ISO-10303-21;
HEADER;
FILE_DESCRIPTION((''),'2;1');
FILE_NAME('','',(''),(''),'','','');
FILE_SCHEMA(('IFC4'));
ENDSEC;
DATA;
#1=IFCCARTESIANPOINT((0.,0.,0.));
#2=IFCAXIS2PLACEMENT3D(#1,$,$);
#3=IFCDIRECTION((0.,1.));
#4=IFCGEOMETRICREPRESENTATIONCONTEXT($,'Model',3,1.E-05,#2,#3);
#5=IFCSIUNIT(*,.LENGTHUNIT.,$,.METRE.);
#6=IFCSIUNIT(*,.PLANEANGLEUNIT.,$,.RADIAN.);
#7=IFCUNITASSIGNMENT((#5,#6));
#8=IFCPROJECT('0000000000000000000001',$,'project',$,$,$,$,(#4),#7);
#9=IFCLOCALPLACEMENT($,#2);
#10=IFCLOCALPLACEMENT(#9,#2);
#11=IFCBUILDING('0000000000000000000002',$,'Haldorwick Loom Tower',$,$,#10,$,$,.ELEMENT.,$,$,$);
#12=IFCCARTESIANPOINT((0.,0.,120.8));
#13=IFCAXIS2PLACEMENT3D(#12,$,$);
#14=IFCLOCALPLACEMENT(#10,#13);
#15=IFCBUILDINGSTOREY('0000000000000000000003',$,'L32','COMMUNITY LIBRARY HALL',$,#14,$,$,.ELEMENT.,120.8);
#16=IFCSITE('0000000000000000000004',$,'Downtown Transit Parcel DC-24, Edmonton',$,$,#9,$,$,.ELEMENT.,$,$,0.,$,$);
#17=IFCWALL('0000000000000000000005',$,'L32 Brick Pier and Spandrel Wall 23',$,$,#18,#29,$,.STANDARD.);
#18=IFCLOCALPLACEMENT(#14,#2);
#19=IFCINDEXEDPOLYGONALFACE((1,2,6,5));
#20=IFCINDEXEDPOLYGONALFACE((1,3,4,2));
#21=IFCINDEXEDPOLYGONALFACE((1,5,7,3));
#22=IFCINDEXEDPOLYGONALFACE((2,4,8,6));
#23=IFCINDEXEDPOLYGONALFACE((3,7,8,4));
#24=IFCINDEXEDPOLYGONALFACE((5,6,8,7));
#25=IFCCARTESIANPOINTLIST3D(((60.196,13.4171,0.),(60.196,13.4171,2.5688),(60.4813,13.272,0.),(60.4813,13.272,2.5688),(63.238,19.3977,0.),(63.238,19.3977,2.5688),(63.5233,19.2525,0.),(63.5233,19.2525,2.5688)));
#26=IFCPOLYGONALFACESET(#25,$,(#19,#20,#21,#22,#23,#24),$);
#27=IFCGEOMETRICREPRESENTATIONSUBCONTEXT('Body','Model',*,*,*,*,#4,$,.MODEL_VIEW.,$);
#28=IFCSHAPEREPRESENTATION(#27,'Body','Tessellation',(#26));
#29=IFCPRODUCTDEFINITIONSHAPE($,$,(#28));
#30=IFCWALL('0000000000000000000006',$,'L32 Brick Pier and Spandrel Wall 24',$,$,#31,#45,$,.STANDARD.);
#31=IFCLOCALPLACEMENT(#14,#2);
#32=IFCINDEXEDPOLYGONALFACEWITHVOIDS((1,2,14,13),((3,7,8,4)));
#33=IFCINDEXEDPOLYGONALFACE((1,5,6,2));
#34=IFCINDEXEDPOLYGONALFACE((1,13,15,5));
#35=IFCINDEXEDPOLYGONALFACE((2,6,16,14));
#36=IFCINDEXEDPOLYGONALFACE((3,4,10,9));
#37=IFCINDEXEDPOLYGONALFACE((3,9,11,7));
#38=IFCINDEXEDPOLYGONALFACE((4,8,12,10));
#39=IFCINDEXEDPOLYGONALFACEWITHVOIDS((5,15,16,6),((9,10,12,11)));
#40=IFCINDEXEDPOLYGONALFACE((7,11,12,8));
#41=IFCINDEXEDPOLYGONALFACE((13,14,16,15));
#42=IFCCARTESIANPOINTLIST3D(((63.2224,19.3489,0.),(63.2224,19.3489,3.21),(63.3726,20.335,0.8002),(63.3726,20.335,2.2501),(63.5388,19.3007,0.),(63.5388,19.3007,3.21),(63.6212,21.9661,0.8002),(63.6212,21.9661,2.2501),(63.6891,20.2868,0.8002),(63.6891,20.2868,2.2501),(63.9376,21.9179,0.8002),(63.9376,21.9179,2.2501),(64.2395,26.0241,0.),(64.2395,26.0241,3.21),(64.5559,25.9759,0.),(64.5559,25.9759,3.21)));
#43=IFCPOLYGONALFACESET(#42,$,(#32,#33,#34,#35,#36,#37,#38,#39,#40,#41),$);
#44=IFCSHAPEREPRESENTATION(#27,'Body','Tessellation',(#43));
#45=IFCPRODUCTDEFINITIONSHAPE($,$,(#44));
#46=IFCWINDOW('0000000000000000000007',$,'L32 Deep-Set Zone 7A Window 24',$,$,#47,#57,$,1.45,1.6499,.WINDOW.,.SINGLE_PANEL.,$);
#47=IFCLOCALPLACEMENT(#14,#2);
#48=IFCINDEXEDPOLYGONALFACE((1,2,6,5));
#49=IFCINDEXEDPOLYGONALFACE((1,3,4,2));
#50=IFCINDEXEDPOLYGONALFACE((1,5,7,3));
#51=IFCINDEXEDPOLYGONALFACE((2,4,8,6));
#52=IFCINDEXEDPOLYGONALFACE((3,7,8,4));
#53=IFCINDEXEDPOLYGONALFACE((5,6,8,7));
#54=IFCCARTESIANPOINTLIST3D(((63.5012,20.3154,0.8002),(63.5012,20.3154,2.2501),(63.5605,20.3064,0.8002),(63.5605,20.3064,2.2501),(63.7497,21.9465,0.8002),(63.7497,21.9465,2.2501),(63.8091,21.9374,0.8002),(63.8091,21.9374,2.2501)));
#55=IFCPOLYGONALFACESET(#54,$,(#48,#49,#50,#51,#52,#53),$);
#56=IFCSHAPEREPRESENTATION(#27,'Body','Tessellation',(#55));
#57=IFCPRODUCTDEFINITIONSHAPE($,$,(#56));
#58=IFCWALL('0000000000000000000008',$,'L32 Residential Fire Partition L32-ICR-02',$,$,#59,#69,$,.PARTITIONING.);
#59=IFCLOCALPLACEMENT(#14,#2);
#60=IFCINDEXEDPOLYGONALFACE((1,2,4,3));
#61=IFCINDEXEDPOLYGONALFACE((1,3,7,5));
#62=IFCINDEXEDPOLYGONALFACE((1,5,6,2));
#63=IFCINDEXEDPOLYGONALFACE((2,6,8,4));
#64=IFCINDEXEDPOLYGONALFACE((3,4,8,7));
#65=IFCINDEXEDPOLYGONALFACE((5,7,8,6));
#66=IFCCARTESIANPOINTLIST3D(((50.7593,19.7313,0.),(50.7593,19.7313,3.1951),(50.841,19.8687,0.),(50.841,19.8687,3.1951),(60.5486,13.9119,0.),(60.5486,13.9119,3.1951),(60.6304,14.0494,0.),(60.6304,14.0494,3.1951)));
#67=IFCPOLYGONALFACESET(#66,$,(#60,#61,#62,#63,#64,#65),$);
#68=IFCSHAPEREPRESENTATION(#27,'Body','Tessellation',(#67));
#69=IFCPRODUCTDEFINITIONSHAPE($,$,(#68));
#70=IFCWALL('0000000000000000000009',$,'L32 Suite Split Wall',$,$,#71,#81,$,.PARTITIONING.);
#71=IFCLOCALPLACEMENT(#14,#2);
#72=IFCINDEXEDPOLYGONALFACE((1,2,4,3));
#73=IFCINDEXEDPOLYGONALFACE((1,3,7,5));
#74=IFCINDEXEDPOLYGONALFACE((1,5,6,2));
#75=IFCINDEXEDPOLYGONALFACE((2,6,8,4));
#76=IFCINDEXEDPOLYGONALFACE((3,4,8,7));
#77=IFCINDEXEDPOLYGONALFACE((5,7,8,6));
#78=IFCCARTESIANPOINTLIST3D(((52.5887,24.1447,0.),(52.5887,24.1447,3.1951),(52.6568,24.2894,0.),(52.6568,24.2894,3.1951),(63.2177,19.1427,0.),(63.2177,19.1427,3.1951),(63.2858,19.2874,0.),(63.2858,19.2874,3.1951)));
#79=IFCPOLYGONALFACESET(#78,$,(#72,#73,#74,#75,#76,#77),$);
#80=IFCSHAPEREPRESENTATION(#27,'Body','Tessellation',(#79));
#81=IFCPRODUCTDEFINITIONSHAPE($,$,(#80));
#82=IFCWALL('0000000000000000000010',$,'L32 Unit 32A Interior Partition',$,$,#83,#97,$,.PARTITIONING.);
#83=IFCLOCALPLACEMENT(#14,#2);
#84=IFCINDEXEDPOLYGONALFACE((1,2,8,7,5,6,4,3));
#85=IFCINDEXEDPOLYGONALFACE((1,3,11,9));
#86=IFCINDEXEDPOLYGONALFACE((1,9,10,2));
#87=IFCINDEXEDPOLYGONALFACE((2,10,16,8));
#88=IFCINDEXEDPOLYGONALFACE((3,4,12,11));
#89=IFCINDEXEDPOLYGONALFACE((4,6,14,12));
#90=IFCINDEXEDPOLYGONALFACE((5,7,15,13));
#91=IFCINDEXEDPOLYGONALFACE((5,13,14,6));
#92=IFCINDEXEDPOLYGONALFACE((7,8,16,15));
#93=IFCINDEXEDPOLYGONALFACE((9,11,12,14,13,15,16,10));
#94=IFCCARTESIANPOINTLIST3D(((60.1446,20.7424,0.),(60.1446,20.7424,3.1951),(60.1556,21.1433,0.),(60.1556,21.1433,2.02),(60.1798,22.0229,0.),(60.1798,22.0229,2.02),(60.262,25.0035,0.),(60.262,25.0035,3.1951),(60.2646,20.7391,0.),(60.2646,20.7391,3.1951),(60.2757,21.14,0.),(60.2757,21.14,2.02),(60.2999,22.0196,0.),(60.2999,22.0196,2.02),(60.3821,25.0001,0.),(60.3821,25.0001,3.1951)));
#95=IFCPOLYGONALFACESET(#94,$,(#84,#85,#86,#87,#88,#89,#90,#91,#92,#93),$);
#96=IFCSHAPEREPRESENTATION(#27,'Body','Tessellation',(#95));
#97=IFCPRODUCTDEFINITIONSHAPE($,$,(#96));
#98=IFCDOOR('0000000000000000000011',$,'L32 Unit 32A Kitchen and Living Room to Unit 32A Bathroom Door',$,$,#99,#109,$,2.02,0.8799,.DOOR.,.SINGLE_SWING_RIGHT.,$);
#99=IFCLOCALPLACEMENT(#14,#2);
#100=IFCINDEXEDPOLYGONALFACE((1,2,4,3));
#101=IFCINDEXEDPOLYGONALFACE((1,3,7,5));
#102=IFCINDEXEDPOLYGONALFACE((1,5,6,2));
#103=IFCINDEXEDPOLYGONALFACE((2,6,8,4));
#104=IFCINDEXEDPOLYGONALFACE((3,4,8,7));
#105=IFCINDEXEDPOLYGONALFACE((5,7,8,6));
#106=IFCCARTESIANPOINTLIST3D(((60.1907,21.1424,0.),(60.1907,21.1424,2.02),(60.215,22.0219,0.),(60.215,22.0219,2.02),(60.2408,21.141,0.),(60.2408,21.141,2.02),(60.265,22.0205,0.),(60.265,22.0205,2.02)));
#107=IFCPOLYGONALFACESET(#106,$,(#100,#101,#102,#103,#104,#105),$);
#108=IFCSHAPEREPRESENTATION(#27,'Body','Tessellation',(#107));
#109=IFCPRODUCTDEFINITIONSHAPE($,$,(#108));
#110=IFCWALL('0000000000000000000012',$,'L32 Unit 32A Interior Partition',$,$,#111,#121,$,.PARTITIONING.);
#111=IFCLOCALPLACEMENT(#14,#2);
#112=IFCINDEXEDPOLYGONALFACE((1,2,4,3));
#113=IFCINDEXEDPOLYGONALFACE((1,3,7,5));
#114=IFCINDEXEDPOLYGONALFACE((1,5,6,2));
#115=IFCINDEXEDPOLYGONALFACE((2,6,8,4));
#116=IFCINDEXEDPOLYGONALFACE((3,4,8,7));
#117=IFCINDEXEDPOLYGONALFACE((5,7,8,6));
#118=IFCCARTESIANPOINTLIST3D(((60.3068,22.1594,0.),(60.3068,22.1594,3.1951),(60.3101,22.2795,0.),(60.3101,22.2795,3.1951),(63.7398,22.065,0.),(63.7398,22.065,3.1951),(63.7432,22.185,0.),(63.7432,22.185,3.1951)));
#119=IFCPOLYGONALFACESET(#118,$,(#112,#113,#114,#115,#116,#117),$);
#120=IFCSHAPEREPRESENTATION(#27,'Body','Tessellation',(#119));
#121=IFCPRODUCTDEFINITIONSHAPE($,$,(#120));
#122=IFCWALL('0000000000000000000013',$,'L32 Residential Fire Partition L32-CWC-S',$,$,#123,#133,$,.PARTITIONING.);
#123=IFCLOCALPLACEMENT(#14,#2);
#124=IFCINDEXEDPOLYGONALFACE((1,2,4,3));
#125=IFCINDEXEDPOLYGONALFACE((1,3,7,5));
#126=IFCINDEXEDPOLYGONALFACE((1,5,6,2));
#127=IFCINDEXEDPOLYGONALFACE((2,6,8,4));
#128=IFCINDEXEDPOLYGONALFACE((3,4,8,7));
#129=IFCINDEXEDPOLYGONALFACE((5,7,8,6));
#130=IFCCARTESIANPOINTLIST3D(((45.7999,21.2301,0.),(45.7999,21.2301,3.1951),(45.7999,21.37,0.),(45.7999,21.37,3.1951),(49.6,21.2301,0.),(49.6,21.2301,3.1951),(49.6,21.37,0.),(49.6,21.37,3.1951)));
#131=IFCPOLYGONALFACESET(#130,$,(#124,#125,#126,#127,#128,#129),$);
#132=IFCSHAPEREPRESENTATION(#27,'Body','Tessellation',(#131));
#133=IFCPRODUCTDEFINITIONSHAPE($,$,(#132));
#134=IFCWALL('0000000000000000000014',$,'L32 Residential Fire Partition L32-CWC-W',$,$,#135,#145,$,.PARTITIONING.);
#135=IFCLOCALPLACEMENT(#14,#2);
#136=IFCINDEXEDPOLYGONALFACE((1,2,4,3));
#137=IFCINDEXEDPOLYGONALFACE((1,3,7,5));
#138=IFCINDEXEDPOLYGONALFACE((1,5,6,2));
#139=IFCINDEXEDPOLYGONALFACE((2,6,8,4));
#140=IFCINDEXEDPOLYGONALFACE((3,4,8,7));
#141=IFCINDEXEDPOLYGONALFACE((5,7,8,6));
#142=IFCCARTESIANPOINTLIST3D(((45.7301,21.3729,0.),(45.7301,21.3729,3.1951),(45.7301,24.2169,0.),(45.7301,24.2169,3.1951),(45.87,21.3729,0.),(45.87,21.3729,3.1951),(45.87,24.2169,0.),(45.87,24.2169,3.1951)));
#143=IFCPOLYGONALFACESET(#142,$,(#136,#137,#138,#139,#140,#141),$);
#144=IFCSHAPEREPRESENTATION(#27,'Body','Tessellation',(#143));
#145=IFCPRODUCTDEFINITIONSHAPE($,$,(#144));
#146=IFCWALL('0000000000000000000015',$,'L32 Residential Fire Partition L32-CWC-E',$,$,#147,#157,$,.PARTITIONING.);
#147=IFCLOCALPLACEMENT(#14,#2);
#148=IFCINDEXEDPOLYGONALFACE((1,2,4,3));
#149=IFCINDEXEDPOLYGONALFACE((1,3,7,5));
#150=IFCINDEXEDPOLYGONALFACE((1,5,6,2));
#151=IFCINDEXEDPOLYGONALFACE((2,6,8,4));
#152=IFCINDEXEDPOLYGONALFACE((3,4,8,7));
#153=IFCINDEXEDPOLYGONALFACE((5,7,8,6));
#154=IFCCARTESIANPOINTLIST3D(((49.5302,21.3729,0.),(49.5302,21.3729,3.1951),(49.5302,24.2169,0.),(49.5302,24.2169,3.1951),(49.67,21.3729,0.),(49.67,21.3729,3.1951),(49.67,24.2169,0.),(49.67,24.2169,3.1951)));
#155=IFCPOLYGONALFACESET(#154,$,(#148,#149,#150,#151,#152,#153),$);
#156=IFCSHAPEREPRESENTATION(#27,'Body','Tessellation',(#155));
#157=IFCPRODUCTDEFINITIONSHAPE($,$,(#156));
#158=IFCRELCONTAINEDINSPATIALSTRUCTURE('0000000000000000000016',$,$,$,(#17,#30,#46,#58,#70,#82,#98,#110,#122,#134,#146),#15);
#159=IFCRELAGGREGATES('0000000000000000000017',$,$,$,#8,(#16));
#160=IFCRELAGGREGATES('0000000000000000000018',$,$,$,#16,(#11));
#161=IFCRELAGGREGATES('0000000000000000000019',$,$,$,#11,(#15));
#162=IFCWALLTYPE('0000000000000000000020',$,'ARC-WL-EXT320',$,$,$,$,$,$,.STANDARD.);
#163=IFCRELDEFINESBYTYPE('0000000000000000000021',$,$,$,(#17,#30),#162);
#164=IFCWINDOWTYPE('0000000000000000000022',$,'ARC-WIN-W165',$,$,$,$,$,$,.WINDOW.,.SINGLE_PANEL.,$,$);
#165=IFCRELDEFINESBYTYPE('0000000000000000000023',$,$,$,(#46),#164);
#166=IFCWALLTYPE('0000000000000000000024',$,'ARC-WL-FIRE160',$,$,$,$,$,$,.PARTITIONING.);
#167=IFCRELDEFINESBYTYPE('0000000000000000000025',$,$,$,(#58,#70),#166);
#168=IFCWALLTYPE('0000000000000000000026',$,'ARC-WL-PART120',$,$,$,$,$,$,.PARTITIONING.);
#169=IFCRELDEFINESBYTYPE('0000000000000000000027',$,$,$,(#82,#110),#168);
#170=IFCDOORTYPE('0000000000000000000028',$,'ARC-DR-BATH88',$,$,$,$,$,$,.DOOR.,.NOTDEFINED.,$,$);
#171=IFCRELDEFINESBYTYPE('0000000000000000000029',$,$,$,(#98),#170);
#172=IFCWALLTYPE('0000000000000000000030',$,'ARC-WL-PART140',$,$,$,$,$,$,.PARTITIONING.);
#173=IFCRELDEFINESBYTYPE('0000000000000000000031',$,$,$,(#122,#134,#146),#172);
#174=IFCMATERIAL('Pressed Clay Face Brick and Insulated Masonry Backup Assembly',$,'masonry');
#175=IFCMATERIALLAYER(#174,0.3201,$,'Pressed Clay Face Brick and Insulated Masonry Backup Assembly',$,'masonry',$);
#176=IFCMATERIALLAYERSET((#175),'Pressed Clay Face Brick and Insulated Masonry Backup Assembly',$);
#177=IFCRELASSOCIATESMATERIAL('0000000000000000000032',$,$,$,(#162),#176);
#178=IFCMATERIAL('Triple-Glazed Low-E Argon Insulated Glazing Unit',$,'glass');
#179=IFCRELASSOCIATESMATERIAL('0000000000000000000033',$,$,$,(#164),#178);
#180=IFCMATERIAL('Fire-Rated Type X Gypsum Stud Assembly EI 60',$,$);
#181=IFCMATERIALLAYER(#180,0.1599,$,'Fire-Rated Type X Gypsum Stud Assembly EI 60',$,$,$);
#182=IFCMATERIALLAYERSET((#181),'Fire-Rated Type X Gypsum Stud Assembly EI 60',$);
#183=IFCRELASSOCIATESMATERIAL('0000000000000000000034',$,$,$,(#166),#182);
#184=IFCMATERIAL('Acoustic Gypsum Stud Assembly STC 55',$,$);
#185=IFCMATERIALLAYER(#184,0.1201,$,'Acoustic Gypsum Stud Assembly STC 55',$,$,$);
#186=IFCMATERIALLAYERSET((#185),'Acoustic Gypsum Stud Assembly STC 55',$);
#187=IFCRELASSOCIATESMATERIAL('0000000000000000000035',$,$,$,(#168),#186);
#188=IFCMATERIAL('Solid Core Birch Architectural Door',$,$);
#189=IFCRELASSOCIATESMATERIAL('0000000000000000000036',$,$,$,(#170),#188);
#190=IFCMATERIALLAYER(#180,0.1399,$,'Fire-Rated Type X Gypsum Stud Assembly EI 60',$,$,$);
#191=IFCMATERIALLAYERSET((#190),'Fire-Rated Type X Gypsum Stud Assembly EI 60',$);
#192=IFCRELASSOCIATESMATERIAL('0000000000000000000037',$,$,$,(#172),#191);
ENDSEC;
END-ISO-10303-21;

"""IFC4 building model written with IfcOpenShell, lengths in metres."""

from ifc_helpers import new_model, si_unit, direction, frame, frame_2d, origin, place, context, subcontext, project, spatial, rectangle, extrude, material, layer, layer_set, type_object, element, fill, save


model = new_model("IFC4")

# Units and contexts
model_context = context("Model", 3, precision=1e-05, world=origin(), true_north=direction((0.0, 1.0)))
body_context = subcontext(model_context, "Body", "Model", "MODEL_VIEW")
ifc_project = project(units=[si_unit("LENGTHUNIT", "METRE"), si_unit("PLANEANGLEUNIT", "RADIAN")], contexts=[model_context])

# Site, building, storey
site_placement = place(None, origin())
site = spatial("IfcSite", under=ifc_project, at=site_placement, Name="Downtown Transit Parcel DC-24, Edmonton", CompositionType="ELEMENT", RefElevation=0.0)
building_placement = place(site_placement, origin())
building = spatial("IfcBuilding", under=site, at=building_placement, Name="Haldorwick Loom Tower", CompositionType="ELEMENT")
storey_placement = place(building_placement, frame((0.0, 0.0, 120.8)))
storey = spatial("IfcBuildingStorey", under=building, at=storey_placement, Name="L32", Description="COMMUNITY LIBRARY HALL", CompositionType="ELEMENT", Elevation=120.8)

# Shared definitions
ifc_material_1 = material(Name="Pressed Clay Face Brick and Insulated Masonry Backup Assembly", Category="masonry")
ifc_layer_1 = layer(ifc_material_1, 0.3201, Name="Pressed Clay Face Brick and Insulated Masonry Backup Assembly", Category="masonry")
ifc_layer_set_1 = layer_set([ifc_layer_1], Name="Pressed Clay Face Brick and Insulated Masonry Backup Assembly")
wall_type_1 = type_object("IfcWallType", Name="ARC-WL-EXT320", PredefinedType="STANDARD", material=ifc_layer_set_1)
ifc_material_2 = material(Name="Triple-Glazed Low-E Argon Insulated Glazing Unit", Category="glass")
window_type = type_object("IfcWindowType", Name="ARC-WIN-W165", PartitioningType="SINGLE_PANEL", PredefinedType="WINDOW", material=ifc_material_2)

# Wall
wall_1_placement = place(storey_placement, frame((60.3386, 13.3445, 0.0), z_axis=(0.0, 0.0, 1.0), x_axis=(0.453374, 0.89132, 0.0)))
element("IfcWall", 1, at=wall_1_placement, inside=storey, type_object=wall_type_1, Name="L32 Brick Pier and Spandrel Wall 23", PredefinedType="STANDARD", context=body_context, shape_type="SweptSolid", body=[
    extrude(rectangle(XDim=6.7097, YDim=0.3201, at=frame_2d((3.355, 0.0))), origin(), (0.0, 0.0, 1.0), 2.5688),
])

# Wall, opening, window
wall_2_placement = place(storey_placement, frame((63.3806, 19.325, 0.0), z_axis=(0.0, 0.0, 1.0), x_axis=(0.150633, 0.98859, 0.0)))
wall_2 = element("IfcWall", 2, at=wall_2_placement, inside=storey, type_object=wall_type_1, Name="L32 Brick Pier and Spandrel Wall 24", PredefinedType="STANDARD", context=body_context, shape_type="SweptSolid", body=[
    extrude(rectangle(XDim=6.7522, YDim=0.3201, at=frame_2d((3.376, 0.0))), origin(), (0.0, 0.0, 1.0), 3.21),
])
opening_1_placement = place(wall_2_placement, frame((0.9973, 0.0, 0.8)))
opening_1 = element("IfcOpeningElement", 3, at=opening_1_placement, cuts=wall_2, PredefinedType="OPENING", context=body_context, shape_type="SweptSolid", body=[
    extrude(rectangle(XDim=1.6499, YDim=1.45, at=frame_2d((0.825, 0.7251))), frame((0.0, 0.1699, 0.0), z_axis=(0.0, -1.0, 0.0), x_axis=(1.0, 0.0, 0.0)), (0.0, 0.0, 1.0), 0.3401),
])
window_1_placement = place(opening_1_placement, origin())
window_1 = element("IfcWindow", 4, at=window_1_placement, inside=storey, type_object=window_type, Name="L32 Deep-Set Zone 7A Window 24", OverallHeight=1.45, OverallWidth=1.6499, PartitioningType="SINGLE_PANEL", PredefinedType="WINDOW", context=body_context, shape_type="SweptSolid", body=[
    extrude(rectangle(XDim=1.6499, YDim=1.45, at=frame_2d((0.825, 0.7251))), frame((0.0, 0.03, 0.0), z_axis=(0.0, -1.0, 0.0), x_axis=(1.0, 0.0, 0.0)), (0.0, 0.0, 1.0), 0.0601),
])
fill(opening_1, window_1)

# Walls
ifc_material_3 = material(Name="Fire-Rated Type X Gypsum Stud Assembly EI 60")
ifc_layer_2 = layer(ifc_material_3, 0.1599, Name="Fire-Rated Type X Gypsum Stud Assembly EI 60")
ifc_layer_set_2 = layer_set([ifc_layer_2], Name="Fire-Rated Type X Gypsum Stud Assembly EI 60")
wall_type_2 = type_object("IfcWallType", Name="ARC-WL-FIRE160", PredefinedType="PARTITIONING", material=ifc_layer_set_2)
wall_3_placement = place(storey_placement, frame((50.8, 19.8, 0.0), z_axis=(0.0, 0.0, 1.0), x_axis=(0.859587, -0.510989, 0.0)))
element("IfcWall", 5, at=wall_3_placement, inside=storey, type_object=wall_type_2, Name="L32 Residential Fire Partition L32-ICR-02", PredefinedType="PARTITIONING", context=body_context, shape_type="SweptSolid", body=[
    extrude(rectangle(XDim=11.3884, YDim=0.1599, at=frame_2d((5.6943, 0.0))), origin(), (0.0, 0.0, 1.0), 3.1951),
])
wall_4_placement = place(storey_placement, frame((63.2517, 19.2151, 0.0), z_axis=(0.0, 0.0, 1.0), x_axis=(-0.904815, 0.425805, 0.0)))
element("IfcWall", 6, at=wall_4_placement, inside=storey, type_object=wall_type_2, Name="L32 Suite Split Wall", PredefinedType="PARTITIONING", context=body_context, shape_type="SweptSolid", body=[
    extrude(rectangle(XDim=11.7471, YDim=0.1599, at=frame_2d((5.8735, 0.0))), origin(), (0.0, 0.0, 1.0), 3.1951),
])

# Wall, opening, door
ifc_material_4 = material(Name="Acoustic Gypsum Stud Assembly STC 55")
ifc_layer_3 = layer(ifc_material_4, 0.1201, Name="Acoustic Gypsum Stud Assembly STC 55")
ifc_layer_set_3 = layer_set([ifc_layer_3], Name="Acoustic Gypsum Stud Assembly STC 55")
wall_type_3 = type_object("IfcWallType", Name="ARC-WL-PART120", PredefinedType="PARTITIONING", material=ifc_layer_set_3)
wall_5_placement = place(storey_placement, frame((60.2046, 20.7407, 0.0), z_axis=(0.0, 0.0, 1.0), x_axis=(0.027549, 0.99962, 0.0)))
wall_5 = element("IfcWall", 7, at=wall_5_placement, inside=storey, type_object=wall_type_3, Name="L32 Unit 32A Interior Partition", PredefinedType="PARTITIONING", context=body_context, shape_type="SweptSolid", body=[
    extrude(rectangle(XDim=4.2627, YDim=0.1201, at=frame_2d((2.1313, 0.0))), origin(), (0.0, 0.0, 1.0), 3.1951),
])
opening_2_placement = place(wall_5_placement, frame((0.4011, 0.0, 0.0)))
opening_2 = element("IfcOpeningElement", 8, at=opening_2_placement, cuts=wall_5, PredefinedType="OPENING", context=body_context, shape_type="SweptSolid", body=[
    extrude(rectangle(XDim=0.8799, YDim=2.02, at=frame_2d((0.4399, 1.01))), frame((0.0, 0.0701, 0.0), z_axis=(0.0, -1.0, 0.0), x_axis=(1.0, 0.0, 0.0)), (0.0, 0.0, 1.0), 0.1401),
])
ifc_material_5 = material(Name="Solid Core Birch Architectural Door")
door_type_1 = type_object("IfcDoorType", Name="ARC-DR-BATH88", OperationType="NOTDEFINED", PredefinedType="DOOR", material=ifc_material_5)
door_1_placement = place(opening_2_placement, origin())
door_1 = element("IfcDoor", 9, at=door_1_placement, inside=storey, type_object=door_type_1, Name="L32 Unit 32A Kitchen and Living Room to Unit 32A Bathroom Door", OperationType="SINGLE_SWING_RIGHT", OverallHeight=2.02, OverallWidth=0.8799, PredefinedType="DOOR", context=body_context, shape_type="SweptSolid", body=[
    extrude(rectangle(XDim=0.8799, YDim=2.02, at=frame_2d((0.4399, 1.01))), frame((0.0, 0.0249, 0.0), z_axis=(0.0, -1.0, 0.0), x_axis=(1.0, 0.0, 0.0)), (0.0, 0.0, 1.0), 0.05),
])
fill(opening_2, door_1)

# Walls
wall_6_placement = place(storey_placement, frame((60.3083, 22.2195, 0.0), z_axis=(0.0, 0.0, 1.0), x_axis=(0.999622, -0.027511, 0.0)))
element("IfcWall", 10, at=wall_6_placement, inside=storey, type_object=wall_type_3, Name="L32 Unit 32A Interior Partition", PredefinedType="PARTITIONING", context=body_context, shape_type="SweptSolid", body=[
    extrude(rectangle(XDim=3.4343, YDim=0.1201, at=frame_2d((1.7173, 0.0))), origin(), (0.0, 0.0, 1.0), 3.1951),
])
ifc_layer_4 = layer(ifc_material_3, 0.1399, Name="Fire-Rated Type X Gypsum Stud Assembly EI 60")
ifc_layer_set_4 = layer_set([ifc_layer_4], Name="Fire-Rated Type X Gypsum Stud Assembly EI 60")
wall_type_4 = type_object("IfcWallType", Name="ARC-WL-PART140", PredefinedType="PARTITIONING", material=ifc_layer_set_4)
wall_7_placement = place(storey_placement, frame((45.8, 21.3, 0.0), z_axis=(0.0, 0.0, 1.0), x_axis=(1.0, 0.0, 0.0)))
element("IfcWall", 11, at=wall_7_placement, inside=storey, type_object=wall_type_4, Name="L32 Residential Fire Partition L32-CWC-S", PredefinedType="PARTITIONING", context=body_context, shape_type="SweptSolid", body=[
    extrude(rectangle(XDim=3.8, YDim=0.1399, at=frame_2d((1.8999, 0.0))), origin(), (0.0, 0.0, 1.0), 3.1951),
])
for number, where, z_axis, x_axis, name in (
    (12, (45.8, 21.373, 0.0), (0.0, 0.0, 1.0), (0.0, 1.0, 0.0), "L32 Residential Fire Partition L32-CWC-W"),
    (13, (49.6001, 21.373, 0.0), (0.0, 0.0, 1.0), (0.0, 1.0, 0.0), "L32 Residential Fire Partition L32-CWC-E"),
):
    element("IfcWall", number, at=place(storey_placement, frame(where, z_axis=z_axis, x_axis=x_axis)), inside=storey, type_object=wall_type_4, Name=name, PredefinedType="PARTITIONING", context=body_context, shape_type="SweptSolid", body=[
        extrude(rectangle(XDim=2.844, YDim=0.1399, at=frame_2d((1.4219, 0.0))), origin(), (0.0, 0.0, 1.0), 3.1951),
    ])

save(model, "model.ifc")
